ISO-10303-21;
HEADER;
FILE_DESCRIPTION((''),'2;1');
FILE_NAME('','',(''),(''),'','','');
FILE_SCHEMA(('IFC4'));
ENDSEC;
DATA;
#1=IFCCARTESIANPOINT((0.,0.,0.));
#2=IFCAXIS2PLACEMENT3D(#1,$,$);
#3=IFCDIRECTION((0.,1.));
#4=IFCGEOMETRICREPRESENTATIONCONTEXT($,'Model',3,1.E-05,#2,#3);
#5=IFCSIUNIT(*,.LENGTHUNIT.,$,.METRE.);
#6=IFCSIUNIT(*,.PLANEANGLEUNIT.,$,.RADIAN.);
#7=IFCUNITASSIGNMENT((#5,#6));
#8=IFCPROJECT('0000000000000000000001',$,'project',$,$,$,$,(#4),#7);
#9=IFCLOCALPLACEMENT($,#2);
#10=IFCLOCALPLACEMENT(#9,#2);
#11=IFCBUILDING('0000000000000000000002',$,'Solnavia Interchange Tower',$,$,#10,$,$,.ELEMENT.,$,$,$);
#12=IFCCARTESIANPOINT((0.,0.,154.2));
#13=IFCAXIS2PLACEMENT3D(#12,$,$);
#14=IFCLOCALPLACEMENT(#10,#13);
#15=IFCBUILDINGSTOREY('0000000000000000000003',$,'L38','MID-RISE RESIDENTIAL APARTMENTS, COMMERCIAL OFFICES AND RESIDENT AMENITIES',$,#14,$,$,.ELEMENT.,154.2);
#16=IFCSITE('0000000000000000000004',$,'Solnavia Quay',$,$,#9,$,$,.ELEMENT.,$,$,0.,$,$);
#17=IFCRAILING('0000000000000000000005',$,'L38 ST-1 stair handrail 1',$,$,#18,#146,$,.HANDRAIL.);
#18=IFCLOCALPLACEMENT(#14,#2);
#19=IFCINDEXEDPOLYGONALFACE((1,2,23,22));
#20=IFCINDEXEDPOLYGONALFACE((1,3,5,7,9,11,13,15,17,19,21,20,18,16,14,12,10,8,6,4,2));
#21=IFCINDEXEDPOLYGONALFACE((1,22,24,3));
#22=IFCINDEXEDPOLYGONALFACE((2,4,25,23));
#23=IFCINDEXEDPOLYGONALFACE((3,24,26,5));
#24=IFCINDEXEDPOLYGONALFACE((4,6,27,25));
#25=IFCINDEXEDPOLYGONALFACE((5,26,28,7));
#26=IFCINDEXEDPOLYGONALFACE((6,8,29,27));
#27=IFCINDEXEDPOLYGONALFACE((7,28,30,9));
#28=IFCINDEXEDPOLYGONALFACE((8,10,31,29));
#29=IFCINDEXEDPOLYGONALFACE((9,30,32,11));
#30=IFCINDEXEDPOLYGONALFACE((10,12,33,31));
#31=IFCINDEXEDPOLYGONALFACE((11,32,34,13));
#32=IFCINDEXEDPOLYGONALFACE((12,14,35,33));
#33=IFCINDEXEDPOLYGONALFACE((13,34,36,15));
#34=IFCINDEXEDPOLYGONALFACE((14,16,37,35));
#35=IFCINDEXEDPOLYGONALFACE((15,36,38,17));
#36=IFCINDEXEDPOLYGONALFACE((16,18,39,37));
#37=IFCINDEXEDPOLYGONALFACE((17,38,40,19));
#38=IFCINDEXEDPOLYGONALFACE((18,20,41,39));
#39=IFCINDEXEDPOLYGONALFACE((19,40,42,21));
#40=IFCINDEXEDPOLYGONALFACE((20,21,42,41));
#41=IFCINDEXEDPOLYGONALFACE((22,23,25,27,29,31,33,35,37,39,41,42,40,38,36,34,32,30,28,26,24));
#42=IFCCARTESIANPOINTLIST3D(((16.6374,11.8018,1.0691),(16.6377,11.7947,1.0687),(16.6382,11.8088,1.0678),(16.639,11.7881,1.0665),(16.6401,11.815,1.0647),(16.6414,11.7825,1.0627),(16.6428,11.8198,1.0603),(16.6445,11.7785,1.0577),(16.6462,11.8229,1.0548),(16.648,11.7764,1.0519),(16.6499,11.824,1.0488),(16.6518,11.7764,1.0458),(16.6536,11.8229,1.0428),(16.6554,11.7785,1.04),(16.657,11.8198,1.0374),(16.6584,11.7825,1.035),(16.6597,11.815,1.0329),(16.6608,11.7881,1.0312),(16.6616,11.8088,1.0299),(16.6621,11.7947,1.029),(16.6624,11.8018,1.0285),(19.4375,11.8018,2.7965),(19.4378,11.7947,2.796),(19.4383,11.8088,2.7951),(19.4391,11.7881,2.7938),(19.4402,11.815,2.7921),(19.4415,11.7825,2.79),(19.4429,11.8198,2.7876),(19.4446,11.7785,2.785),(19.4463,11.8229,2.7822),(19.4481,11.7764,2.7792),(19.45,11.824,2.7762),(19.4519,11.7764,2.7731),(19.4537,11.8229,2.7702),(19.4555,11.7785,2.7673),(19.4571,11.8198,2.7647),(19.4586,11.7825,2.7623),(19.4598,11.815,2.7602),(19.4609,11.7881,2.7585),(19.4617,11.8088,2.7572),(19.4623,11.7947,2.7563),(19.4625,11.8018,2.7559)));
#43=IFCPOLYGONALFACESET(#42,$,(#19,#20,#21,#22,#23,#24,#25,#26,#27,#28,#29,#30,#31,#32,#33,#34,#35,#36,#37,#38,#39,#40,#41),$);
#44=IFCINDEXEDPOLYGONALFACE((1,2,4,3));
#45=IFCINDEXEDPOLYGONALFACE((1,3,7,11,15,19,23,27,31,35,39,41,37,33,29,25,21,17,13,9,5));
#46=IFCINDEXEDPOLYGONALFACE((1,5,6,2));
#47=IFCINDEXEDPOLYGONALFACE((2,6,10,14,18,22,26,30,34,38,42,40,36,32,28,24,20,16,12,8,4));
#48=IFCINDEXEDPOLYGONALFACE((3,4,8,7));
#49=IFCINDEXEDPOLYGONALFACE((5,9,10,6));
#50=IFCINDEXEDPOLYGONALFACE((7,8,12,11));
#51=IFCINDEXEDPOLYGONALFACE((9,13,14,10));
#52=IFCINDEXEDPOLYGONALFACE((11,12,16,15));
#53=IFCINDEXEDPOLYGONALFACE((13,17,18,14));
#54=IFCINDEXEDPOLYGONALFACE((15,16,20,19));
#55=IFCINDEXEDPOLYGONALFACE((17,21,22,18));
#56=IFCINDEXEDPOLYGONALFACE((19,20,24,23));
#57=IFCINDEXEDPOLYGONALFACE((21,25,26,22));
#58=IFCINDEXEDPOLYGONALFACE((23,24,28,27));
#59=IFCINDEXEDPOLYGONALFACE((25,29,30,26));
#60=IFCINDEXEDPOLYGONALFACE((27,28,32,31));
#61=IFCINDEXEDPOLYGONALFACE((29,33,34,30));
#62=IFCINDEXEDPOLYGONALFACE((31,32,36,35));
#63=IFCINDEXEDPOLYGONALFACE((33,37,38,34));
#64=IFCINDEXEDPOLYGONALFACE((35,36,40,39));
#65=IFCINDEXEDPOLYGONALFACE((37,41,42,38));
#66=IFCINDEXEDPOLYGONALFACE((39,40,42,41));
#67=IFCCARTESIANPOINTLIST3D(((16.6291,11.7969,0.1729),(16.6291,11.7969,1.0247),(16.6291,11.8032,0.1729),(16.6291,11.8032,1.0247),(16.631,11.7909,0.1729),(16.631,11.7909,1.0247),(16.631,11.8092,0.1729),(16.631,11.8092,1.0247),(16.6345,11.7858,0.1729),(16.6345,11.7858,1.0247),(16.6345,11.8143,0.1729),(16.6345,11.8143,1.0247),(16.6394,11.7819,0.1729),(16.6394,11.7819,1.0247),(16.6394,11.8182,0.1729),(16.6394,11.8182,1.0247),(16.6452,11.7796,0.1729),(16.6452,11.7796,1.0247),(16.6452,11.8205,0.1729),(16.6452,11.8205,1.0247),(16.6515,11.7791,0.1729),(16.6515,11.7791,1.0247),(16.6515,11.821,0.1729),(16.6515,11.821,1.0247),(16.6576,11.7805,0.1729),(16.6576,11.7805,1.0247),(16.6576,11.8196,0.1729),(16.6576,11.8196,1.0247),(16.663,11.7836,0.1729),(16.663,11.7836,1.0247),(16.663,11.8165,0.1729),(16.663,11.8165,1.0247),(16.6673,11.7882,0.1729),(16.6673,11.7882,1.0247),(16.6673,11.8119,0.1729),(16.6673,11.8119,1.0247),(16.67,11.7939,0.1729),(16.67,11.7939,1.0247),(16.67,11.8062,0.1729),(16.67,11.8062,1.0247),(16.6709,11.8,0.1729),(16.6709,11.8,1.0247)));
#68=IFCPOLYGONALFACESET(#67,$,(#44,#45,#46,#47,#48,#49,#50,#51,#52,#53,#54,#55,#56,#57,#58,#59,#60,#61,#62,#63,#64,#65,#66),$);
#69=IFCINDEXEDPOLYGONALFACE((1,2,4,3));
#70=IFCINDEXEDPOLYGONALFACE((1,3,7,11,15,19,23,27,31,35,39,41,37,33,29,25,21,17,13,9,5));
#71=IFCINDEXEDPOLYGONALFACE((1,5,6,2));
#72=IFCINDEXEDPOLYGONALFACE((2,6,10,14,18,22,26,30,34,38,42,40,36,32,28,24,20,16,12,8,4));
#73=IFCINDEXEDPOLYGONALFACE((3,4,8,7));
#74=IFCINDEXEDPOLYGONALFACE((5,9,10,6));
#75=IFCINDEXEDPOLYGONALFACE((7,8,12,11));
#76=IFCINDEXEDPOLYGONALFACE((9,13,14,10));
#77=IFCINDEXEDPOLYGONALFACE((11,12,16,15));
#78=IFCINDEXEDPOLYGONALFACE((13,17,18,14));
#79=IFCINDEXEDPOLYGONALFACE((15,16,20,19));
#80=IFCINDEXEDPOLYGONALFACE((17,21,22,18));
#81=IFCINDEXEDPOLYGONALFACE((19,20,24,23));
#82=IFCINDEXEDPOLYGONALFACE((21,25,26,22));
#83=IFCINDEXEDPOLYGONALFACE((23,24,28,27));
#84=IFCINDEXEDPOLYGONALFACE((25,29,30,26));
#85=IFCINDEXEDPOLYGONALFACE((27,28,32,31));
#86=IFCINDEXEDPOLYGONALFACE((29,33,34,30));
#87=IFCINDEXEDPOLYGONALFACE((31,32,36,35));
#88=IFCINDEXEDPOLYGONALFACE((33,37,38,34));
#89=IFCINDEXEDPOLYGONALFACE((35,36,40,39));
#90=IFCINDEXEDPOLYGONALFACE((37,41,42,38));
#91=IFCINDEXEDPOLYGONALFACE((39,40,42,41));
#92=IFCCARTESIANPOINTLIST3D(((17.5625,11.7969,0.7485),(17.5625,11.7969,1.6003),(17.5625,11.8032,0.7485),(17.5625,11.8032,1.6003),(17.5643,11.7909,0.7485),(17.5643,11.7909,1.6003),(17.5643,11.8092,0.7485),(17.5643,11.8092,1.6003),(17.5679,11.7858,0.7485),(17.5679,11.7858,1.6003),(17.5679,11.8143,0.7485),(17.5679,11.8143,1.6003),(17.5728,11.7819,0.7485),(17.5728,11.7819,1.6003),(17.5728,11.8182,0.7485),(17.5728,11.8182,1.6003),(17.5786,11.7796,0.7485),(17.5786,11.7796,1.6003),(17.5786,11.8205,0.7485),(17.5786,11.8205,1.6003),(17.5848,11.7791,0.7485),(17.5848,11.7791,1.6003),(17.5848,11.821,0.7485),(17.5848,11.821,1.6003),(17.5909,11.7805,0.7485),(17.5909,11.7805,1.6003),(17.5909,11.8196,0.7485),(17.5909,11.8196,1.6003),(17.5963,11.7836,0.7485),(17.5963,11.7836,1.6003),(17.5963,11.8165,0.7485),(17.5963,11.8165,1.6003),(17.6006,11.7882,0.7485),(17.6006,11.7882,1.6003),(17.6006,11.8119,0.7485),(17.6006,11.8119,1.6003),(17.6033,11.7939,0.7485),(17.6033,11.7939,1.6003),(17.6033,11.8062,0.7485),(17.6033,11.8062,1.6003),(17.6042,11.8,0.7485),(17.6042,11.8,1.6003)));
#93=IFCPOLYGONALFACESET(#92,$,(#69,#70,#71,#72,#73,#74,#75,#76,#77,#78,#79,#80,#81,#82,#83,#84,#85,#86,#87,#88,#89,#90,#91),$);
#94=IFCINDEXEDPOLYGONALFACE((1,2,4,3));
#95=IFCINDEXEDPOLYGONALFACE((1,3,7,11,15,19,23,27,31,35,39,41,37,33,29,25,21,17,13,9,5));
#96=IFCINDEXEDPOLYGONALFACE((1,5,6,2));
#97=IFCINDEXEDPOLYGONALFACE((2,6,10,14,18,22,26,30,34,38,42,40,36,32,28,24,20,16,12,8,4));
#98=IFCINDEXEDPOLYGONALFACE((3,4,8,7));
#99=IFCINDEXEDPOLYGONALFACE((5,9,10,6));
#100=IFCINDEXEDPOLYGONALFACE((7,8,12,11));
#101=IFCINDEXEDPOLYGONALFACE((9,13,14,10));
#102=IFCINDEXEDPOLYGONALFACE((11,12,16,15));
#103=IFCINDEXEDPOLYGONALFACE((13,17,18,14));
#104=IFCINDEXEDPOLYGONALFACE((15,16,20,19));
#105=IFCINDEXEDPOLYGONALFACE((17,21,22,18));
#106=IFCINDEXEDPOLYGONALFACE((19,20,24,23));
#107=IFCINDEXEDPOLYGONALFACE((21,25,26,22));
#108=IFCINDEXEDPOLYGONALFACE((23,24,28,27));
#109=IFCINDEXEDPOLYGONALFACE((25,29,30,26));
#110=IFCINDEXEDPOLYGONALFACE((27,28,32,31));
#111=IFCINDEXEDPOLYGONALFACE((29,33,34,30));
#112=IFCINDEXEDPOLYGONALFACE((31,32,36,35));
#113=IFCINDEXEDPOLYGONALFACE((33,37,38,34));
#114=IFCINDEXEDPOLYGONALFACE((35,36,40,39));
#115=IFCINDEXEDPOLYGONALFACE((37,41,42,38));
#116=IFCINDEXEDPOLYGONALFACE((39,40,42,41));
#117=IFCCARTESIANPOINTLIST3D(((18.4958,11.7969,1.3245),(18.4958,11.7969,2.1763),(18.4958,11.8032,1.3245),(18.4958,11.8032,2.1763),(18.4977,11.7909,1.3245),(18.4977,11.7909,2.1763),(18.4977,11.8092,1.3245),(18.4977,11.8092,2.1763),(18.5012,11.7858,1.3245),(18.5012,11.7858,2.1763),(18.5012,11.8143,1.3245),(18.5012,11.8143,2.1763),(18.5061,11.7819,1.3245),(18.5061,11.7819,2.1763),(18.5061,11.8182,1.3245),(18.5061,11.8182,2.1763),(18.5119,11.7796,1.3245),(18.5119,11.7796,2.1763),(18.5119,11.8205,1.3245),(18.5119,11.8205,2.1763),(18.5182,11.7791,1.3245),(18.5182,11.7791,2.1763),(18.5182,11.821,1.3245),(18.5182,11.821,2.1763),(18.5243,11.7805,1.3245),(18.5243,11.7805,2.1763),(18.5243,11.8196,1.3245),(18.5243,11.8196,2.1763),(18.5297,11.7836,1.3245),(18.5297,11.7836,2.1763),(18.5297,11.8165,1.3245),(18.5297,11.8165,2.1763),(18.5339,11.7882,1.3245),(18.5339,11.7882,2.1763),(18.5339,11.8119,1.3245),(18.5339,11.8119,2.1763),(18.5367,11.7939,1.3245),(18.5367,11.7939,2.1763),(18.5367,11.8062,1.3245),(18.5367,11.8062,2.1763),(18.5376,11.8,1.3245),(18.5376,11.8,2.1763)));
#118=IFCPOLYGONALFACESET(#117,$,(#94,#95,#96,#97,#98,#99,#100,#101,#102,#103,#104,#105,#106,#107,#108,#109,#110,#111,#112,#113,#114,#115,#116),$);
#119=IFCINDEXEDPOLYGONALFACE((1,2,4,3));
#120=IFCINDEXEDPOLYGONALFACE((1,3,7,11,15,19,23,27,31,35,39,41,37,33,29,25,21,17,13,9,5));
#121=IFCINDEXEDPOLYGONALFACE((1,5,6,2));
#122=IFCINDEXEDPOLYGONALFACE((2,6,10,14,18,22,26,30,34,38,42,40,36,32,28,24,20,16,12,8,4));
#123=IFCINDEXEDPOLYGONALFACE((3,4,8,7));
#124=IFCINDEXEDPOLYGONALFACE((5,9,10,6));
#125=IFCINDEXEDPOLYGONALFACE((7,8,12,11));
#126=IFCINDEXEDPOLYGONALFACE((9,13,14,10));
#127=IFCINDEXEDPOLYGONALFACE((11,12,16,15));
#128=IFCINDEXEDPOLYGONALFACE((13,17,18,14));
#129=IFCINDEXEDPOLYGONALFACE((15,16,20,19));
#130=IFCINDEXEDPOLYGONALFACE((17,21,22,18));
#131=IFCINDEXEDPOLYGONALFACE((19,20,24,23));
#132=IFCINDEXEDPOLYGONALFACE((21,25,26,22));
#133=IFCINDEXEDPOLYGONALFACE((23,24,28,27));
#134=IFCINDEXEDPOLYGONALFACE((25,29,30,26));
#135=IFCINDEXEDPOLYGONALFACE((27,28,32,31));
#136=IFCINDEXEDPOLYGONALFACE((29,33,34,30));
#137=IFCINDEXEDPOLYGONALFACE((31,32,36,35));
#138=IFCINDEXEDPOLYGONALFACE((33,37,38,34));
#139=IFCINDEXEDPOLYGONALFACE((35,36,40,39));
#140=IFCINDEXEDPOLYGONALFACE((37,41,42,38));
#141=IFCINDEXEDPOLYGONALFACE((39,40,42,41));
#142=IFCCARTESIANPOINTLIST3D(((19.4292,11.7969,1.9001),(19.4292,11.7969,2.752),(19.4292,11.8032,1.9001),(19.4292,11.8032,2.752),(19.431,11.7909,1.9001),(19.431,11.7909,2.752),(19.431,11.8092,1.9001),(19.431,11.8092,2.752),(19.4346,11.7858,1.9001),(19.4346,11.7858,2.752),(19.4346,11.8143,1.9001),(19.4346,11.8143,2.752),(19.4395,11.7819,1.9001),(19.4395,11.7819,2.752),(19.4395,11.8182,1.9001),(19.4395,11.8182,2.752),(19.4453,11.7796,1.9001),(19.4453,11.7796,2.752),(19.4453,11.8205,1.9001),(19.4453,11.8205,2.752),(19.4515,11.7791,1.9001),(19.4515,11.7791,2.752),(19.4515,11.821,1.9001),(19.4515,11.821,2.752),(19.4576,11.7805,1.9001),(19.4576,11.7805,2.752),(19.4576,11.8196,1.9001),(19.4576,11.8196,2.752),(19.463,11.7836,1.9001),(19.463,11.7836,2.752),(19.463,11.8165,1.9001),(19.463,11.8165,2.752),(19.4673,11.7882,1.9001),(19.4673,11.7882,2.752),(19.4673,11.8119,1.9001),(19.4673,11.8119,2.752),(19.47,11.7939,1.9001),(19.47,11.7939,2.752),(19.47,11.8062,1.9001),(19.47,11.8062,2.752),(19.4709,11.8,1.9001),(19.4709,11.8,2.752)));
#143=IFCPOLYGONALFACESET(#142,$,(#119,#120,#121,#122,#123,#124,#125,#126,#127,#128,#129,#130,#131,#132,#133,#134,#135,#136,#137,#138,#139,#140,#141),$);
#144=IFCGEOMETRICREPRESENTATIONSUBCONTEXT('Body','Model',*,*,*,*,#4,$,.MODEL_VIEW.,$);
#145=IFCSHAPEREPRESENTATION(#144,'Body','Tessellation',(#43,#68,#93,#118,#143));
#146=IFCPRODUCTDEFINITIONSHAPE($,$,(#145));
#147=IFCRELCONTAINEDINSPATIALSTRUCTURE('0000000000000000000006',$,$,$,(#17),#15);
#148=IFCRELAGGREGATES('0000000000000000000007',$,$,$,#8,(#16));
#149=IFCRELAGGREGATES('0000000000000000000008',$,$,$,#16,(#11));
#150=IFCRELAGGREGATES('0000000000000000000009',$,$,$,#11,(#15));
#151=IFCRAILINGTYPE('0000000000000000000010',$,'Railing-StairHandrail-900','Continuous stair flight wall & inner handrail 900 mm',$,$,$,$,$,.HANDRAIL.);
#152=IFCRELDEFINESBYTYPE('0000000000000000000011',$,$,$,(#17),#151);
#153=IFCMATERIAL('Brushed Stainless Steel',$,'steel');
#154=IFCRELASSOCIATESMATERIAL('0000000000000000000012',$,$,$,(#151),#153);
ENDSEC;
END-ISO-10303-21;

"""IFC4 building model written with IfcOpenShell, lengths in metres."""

from ifc_helpers import new_model, si_unit, direction, frame, origin, origin_2d, place, context, subcontext, project, spatial, circle, extrude, material, type_object, element, save


model = new_model("IFC4")

# Units and contexts
model_context = context("Model", 3, precision=1e-05, world=origin(), true_north=direction((0.0, 1.0)))
body_context = subcontext(model_context, "Body", "Model", "MODEL_VIEW")
ifc_project = project(units=[si_unit("LENGTHUNIT", "METRE"), si_unit("PLANEANGLEUNIT", "RADIAN")], contexts=[model_context])

# Site, building, storey
site_placement = place(None, origin())
site = spatial("IfcSite", under=ifc_project, at=site_placement, Name="Solnavia Quay", CompositionType="ELEMENT", RefElevation=0.0)
building_placement = place(site_placement, origin())
building = spatial("IfcBuilding", under=site, at=building_placement, Name="Solnavia Interchange Tower", CompositionType="ELEMENT")
storey_placement = place(building_placement, frame((0.0, 0.0, 154.2)))
storey = spatial("IfcBuildingStorey", under=building, at=storey_placement, Name="L38", Description="MID-RISE RESIDENTIAL APARTMENTS, COMMERCIAL OFFICES AND RESIDENT AMENITIES", CompositionType="ELEMENT", Elevation=154.2)

# Railing
ifc_material_1 = material(Name="Brushed Stainless Steel", Category="steel")
railing_type_1 = type_object("IfcRailingType", Name="Railing-StairHandrail-900", Description="Continuous stair flight wall & inner handrail 900 mm", PredefinedType="HANDRAIL", material=ifc_material_1)
railing_1_placement = place(storey_placement, frame((16.6499, 11.8, 0.1729)))
element("IfcRailing", 1, at=railing_1_placement, inside=storey, type_object=railing_type_1, Name="L38 ST-1 stair handrail 1", PredefinedType="HANDRAIL", context=body_context, shape_type="SweptSolid", body=[
    extrude(circle(Radius=0.0239, at=origin_2d()), frame((0.0, 0.0, 0.876), z_axis=(0.85109, 0.0, 0.52502), x_axis=(0.0, 1.0, 0.0)), (0.0, 0.0, 1.0), 3.29),
    extrude(circle(Radius=0.021, at=origin_2d()), origin(), (0.0, 0.0, 1.0), 0.8518),
    extrude(circle(Radius=0.021, at=origin_2d()), frame((0.9333, 0.0, 0.5757)), (0.0, 0.0, 1.0), 0.8518),
    extrude(circle(Radius=0.021, at=origin_2d()), frame((1.8667, 0.0, 1.1516)), (0.0, 0.0, 1.0), 0.8518),
    extrude(circle(Radius=0.021, at=origin_2d()), frame((2.8, 0.0, 1.7273)), (0.0, 0.0, 1.0), 0.8518),
])

save(model, "model.ifc")
